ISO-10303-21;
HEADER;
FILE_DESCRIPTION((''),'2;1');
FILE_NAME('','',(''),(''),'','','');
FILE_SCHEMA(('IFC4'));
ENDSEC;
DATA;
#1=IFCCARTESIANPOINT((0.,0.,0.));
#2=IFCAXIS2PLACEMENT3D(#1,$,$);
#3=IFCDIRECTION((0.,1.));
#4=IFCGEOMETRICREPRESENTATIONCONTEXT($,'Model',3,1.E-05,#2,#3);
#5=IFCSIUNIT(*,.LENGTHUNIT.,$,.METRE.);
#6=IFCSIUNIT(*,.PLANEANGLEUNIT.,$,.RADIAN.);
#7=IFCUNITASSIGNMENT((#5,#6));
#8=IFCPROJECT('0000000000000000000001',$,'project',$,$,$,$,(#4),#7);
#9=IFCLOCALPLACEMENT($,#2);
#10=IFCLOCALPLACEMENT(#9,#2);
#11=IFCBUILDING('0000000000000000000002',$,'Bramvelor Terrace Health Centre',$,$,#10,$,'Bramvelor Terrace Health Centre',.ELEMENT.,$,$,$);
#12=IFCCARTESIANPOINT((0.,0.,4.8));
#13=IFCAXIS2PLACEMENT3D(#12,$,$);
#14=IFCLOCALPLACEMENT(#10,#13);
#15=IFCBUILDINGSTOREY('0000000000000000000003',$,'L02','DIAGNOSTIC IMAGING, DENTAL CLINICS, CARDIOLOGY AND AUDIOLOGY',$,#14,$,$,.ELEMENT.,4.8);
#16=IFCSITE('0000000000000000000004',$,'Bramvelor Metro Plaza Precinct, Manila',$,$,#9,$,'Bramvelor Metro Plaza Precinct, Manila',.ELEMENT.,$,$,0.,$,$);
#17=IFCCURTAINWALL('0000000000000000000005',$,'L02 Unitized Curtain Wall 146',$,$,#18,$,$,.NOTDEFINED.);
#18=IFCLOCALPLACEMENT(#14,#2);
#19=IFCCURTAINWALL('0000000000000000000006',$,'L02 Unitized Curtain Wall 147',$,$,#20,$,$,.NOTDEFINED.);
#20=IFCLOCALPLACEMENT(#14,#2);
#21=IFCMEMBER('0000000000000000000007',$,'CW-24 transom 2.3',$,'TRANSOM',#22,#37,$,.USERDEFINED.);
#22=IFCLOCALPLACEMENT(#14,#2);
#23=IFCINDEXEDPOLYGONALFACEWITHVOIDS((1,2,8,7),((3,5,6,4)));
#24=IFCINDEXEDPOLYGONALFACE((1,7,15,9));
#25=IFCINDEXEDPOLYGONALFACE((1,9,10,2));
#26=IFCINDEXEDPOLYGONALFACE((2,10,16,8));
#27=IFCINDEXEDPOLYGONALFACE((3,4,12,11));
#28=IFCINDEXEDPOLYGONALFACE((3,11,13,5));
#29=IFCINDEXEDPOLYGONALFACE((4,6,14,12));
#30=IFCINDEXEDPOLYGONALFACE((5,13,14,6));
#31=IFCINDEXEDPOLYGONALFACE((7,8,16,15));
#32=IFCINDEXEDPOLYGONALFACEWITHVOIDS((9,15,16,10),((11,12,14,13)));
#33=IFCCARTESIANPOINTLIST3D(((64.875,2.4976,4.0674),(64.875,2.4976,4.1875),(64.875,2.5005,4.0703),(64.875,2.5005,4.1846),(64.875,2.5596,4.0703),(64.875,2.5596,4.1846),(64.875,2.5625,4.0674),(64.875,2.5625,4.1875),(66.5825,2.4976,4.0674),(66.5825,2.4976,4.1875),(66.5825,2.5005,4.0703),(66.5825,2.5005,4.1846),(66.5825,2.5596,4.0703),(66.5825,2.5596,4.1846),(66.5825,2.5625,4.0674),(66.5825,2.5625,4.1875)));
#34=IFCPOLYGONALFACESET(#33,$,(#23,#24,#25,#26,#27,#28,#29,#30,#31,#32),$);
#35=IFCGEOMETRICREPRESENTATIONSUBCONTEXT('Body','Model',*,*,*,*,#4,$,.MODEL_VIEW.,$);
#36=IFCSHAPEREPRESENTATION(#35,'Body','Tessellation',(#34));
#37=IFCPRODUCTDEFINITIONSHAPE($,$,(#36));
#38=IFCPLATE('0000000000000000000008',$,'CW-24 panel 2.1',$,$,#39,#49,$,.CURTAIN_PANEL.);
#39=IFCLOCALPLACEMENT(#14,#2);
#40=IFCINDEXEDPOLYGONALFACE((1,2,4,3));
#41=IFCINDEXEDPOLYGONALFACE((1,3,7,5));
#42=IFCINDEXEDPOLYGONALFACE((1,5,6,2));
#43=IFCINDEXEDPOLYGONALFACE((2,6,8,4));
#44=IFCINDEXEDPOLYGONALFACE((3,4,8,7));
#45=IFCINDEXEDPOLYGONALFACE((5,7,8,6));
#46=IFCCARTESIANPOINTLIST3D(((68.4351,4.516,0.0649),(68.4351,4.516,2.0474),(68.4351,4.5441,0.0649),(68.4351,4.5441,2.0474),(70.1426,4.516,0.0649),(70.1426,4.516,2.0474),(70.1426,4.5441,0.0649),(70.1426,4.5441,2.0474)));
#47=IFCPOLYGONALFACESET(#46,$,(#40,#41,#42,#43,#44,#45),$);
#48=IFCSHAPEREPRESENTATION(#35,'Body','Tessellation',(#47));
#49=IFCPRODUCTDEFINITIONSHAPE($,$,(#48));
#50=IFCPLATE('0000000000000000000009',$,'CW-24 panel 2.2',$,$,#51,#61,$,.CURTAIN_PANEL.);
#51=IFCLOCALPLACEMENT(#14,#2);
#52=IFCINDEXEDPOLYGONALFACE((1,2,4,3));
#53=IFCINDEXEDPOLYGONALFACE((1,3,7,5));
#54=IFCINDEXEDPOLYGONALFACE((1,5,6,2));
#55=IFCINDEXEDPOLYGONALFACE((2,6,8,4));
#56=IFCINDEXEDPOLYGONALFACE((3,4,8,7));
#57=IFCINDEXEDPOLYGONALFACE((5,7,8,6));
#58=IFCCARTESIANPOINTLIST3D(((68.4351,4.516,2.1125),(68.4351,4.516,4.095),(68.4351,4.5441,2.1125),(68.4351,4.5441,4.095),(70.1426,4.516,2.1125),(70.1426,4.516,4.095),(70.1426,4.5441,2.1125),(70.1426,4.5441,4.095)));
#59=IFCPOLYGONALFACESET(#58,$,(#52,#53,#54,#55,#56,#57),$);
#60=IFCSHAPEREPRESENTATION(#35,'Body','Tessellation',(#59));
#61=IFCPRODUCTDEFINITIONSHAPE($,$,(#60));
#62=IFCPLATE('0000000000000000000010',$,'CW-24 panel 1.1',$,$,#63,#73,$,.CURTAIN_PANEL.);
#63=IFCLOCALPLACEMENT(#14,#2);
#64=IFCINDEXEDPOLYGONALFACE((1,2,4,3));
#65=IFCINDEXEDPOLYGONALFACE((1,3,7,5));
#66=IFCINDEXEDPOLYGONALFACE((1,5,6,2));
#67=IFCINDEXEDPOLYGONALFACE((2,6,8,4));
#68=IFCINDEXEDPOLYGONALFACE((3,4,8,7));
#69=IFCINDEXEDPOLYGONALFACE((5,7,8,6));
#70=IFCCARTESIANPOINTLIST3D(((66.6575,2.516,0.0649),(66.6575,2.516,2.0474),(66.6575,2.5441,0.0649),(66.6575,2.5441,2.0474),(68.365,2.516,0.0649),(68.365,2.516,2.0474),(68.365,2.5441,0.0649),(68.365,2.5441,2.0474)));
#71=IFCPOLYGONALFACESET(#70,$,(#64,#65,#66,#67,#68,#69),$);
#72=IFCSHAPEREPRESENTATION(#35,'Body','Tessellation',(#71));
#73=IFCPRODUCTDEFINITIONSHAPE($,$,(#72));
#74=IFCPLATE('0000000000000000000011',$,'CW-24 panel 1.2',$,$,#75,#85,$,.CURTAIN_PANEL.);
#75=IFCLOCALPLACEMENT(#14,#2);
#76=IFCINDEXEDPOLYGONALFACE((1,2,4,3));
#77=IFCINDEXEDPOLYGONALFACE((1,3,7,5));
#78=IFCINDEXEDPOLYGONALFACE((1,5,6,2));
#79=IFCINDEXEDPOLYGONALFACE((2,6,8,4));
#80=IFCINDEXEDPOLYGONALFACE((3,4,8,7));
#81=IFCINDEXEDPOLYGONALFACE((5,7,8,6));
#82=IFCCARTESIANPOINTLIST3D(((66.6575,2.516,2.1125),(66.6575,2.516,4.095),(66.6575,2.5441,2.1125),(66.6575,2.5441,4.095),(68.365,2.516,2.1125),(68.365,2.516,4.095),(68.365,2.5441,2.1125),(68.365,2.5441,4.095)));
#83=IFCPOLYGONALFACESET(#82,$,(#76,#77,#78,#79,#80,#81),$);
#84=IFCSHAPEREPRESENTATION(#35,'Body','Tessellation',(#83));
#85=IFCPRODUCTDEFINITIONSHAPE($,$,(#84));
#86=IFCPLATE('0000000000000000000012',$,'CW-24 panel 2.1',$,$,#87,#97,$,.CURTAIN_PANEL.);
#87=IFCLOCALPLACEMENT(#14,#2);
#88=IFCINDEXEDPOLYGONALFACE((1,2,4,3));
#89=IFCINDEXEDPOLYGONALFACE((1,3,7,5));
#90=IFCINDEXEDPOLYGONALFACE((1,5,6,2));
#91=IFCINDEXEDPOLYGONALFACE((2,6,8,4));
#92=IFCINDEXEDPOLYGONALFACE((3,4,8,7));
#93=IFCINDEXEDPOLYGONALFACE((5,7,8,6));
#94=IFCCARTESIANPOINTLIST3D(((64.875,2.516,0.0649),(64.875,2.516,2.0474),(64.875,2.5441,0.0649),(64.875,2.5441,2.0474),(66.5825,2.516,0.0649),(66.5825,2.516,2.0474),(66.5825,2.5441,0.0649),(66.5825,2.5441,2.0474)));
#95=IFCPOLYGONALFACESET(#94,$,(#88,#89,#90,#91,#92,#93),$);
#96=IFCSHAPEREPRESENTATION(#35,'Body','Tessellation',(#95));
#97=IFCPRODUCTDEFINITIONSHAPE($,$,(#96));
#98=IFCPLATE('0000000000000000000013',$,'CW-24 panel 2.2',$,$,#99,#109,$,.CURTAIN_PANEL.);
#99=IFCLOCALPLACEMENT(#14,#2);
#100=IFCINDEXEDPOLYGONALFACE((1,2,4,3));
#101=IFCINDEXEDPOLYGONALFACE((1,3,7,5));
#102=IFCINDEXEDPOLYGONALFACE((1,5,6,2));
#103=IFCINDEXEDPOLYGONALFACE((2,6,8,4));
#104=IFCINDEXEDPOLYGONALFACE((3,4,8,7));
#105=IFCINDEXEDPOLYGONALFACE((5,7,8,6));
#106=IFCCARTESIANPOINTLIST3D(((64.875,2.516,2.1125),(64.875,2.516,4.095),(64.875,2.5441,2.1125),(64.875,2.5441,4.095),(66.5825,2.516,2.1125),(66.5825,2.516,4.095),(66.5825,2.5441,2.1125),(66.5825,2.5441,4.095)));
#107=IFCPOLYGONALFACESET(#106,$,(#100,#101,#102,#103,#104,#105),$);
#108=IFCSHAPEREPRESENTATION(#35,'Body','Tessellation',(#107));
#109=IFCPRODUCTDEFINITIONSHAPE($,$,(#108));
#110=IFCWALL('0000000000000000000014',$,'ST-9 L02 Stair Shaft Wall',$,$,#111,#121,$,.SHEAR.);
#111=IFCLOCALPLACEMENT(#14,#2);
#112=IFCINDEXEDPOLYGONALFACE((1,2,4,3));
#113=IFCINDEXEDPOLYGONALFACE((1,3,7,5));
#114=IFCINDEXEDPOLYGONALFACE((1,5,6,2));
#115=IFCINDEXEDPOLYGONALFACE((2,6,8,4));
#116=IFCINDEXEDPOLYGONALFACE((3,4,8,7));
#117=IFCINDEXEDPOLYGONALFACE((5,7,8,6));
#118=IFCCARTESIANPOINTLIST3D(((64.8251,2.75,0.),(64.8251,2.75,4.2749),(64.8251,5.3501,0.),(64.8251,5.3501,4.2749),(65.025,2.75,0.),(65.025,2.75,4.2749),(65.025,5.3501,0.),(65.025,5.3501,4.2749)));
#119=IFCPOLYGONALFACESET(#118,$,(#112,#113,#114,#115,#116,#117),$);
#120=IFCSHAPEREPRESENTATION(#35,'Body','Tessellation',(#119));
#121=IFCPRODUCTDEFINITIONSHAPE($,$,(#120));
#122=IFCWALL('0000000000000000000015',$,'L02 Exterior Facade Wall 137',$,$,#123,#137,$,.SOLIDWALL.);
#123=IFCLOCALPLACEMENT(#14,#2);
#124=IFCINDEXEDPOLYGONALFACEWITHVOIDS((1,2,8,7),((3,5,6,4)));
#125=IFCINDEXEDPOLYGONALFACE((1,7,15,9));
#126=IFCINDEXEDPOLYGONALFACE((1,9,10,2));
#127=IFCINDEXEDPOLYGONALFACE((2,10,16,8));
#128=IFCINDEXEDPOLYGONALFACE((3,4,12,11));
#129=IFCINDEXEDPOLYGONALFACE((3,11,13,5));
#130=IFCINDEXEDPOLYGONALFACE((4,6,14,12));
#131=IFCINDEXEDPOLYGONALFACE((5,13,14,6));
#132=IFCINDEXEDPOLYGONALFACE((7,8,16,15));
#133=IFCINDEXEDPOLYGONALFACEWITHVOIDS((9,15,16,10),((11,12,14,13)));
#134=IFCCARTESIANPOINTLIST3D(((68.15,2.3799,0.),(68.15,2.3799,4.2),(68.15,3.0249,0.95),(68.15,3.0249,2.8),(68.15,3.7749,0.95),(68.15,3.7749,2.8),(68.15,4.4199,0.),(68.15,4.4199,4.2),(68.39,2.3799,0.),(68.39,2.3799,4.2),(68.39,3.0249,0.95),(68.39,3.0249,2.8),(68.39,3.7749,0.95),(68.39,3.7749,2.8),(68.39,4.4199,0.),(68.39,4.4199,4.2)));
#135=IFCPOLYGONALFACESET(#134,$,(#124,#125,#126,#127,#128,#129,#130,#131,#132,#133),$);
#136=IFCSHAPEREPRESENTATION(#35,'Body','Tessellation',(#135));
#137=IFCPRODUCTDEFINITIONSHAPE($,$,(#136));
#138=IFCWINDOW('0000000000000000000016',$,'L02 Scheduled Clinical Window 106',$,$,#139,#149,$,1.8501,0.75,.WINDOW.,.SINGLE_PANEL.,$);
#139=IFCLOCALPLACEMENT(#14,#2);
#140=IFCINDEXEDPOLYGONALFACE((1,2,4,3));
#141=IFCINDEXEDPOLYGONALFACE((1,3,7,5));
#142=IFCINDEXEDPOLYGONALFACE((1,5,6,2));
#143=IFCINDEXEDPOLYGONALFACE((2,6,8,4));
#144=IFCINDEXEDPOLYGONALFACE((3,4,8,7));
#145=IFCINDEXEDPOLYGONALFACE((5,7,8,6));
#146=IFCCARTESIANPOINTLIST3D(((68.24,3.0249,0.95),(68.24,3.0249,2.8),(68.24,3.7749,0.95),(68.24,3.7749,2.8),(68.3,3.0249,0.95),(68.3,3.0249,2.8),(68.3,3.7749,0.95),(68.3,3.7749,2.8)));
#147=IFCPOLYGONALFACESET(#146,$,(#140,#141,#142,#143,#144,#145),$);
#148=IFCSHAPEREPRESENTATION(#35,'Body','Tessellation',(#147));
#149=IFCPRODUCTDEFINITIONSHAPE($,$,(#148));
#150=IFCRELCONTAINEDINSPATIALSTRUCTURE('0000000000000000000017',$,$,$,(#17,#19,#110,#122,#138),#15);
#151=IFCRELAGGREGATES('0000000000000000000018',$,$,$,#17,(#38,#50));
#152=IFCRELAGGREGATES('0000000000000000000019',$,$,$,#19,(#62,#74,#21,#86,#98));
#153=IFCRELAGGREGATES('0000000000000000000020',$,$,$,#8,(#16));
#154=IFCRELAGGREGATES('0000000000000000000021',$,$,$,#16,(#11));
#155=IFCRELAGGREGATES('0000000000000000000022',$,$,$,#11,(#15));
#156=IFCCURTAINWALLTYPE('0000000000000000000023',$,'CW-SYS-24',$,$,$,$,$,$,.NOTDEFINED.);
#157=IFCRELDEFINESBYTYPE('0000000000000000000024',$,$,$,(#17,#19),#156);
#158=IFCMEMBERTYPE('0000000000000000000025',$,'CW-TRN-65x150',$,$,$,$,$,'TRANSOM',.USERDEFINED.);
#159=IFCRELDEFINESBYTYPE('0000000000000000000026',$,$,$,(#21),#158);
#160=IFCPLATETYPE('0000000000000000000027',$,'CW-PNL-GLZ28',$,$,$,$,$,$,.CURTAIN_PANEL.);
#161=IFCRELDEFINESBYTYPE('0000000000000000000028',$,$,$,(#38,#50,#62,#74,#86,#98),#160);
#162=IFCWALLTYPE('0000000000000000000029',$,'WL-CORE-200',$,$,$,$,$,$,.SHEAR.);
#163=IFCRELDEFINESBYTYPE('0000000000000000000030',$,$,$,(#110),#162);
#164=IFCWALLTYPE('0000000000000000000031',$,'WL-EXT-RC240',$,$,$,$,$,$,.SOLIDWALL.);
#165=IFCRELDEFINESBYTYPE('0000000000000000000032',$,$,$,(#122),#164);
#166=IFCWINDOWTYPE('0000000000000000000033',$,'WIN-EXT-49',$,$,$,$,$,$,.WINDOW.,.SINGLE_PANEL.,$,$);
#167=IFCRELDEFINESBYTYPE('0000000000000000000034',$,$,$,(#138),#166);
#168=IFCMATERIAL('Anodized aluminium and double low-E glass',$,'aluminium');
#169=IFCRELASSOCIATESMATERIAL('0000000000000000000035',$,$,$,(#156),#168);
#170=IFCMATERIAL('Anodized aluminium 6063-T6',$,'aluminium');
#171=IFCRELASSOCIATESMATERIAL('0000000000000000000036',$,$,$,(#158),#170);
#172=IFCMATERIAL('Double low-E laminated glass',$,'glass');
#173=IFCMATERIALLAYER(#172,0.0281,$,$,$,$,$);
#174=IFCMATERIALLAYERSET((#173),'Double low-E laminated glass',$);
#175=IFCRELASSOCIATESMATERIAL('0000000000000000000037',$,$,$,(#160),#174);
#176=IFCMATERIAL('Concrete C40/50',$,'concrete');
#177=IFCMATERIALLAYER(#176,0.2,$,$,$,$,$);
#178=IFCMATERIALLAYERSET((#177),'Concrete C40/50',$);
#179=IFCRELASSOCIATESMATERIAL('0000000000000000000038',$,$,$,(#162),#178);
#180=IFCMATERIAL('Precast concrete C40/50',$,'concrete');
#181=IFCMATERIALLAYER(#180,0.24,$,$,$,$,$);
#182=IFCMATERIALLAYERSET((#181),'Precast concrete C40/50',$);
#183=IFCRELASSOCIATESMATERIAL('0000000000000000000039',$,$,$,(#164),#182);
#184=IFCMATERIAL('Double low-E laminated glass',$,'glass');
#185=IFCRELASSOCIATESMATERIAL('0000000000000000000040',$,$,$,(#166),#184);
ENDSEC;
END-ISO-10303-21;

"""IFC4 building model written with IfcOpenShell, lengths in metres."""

from ifc_helpers import new_model, si_unit, direction, frame, frame_2d, origin, origin_2d, place, context, subcontext, project, spatial, rectangle, hollow_rectangle, extrude, material, layer, layer_set, material_profile, profile_set, type_object, element, fill, aggregate, save


model = new_model("IFC4")

# Units and contexts
model_context = context("Model", 3, precision=1e-05, world=origin(), true_north=direction((0.0, 1.0)))
body_context = subcontext(model_context, "Body", "Model", "MODEL_VIEW")
ifc_project = project(units=[si_unit("LENGTHUNIT", "METRE"), si_unit("PLANEANGLEUNIT", "RADIAN")], contexts=[model_context])

# Site, building, storey
site_placement = place(None, origin())
site = spatial("IfcSite", under=ifc_project, at=site_placement, Name="Bramvelor Metro Plaza Precinct, Manila", LongName="Bramvelor Metro Plaza Precinct, Manila", CompositionType="ELEMENT", RefElevation=0.0)
building_placement = place(site_placement, origin())
building = spatial("IfcBuilding", under=site, at=building_placement, Name="Bramvelor Terrace Health Centre", LongName="Bramvelor Terrace Health Centre", CompositionType="ELEMENT")
storey_placement = place(building_placement, frame((0.0, 0.0, 4.8)))
storey = spatial("IfcBuildingStorey", under=building, at=storey_placement, Name="L02", Description="DIAGNOSTIC IMAGING, DENTAL CLINICS, CARDIOLOGY AND AUDIOLOGY", CompositionType="ELEMENT", Elevation=4.8)

# Curtain wall
ifc_material_1 = material(Name="Anodized aluminium and double low-E glass", Category="aluminium")
curtain_wall_type = type_object("IfcCurtainWallType", Name="CW-SYS-24", PredefinedType="NOTDEFINED", material=ifc_material_1)
curtain_wall_1_placement = place(storey_placement, origin())
curtain_wall_1 = element("IfcCurtainWall", 1, at=curtain_wall_1_placement, inside=storey, type_object=curtain_wall_type, Name="L02 Unitized Curtain Wall 146", PredefinedType="NOTDEFINED")

# Curtain wall
curtain_wall_2_placement = place(storey_placement, origin())
curtain_wall_2 = element("IfcCurtainWall", 2, at=curtain_wall_2_placement, inside=storey, type_object=curtain_wall_type, Name="L02 Unitized Curtain Wall 147", PredefinedType="NOTDEFINED")

# Member
ifc_material_2 = material(Name="Anodized aluminium 6063-T6", Category="aluminium")
ifc_material_profile_1 = material_profile(ifc_material_2, hollow_rectangle(XDim=0.0649, YDim=0.1201, WallThickness=0.0029, at=origin_2d()), Name="ALU-TRN 65x120x3.0")
ifc_profile_set_1 = profile_set([ifc_material_profile_1], Name="Anodized aluminium 6063-T6")
member_type_1 = type_object("IfcMemberType", Name="CW-TRN-65x150", ElementType="TRANSOM", PredefinedType="USERDEFINED", material=ifc_profile_set_1)
member_1_placement = place(storey_placement, frame((66.5825, 2.53, 4.1274), z_axis=(-1.0, 0.0, 0.0), x_axis=(0.0, -1.0, 0.0)))
member_1 = element("IfcMember", 3, at=member_1_placement, type_object=member_type_1, Name="CW-24 transom 2.3", ObjectType="TRANSOM", PredefinedType="USERDEFINED", context=body_context, shape_type="SweptSolid", body=[
    extrude(hollow_rectangle(XDim=0.0649, YDim=0.1201, WallThickness=0.0029, at=origin_2d()), origin(), (0.0, 0.0, 1.0), 1.7075),
])

# Plates
ifc_material_3 = material(Name="Double low-E laminated glass", Category="glass")
ifc_layer_1 = layer(ifc_material_3, 0.0281)
ifc_layer_set_1 = layer_set([ifc_layer_1], Name="Double low-E laminated glass")
plate_type = type_object("IfcPlateType", Name="CW-PNL-GLZ28", PredefinedType="CURTAIN_PANEL", material=ifc_layer_set_1)
plate_1_placement = place(storey_placement, frame((69.2888, 4.53, 0.0649), z_axis=(0.0, 0.0, 1.0), x_axis=(-1.0, 0.0, 0.0)))
plate_1 = element("IfcPlate", 4, at=plate_1_placement, type_object=plate_type, Name="CW-24 panel 2.1", PredefinedType="CURTAIN_PANEL", context=body_context, shape_type="SweptSolid", body=[
    extrude(rectangle(XDim=1.7075, YDim=0.0281, at=origin_2d()), origin(), (0.0, 0.0, 1.0), 1.9824),
])
plate_2_placement = place(storey_placement, frame((69.2888, 4.53, 2.1125), z_axis=(0.0, 0.0, 1.0), x_axis=(-1.0, 0.0, 0.0)))
plate_2 = element("IfcPlate", 5, at=plate_2_placement, type_object=plate_type, Name="CW-24 panel 2.2", PredefinedType="CURTAIN_PANEL", context=body_context, shape_type="SweptSolid", body=[
    extrude(rectangle(XDim=1.7075, YDim=0.0281, at=origin_2d()), origin(), (0.0, 0.0, 1.0), 1.9824),
])
aggregate(curtain_wall_1, [plate_1, plate_2])
plate_3_placement = place(storey_placement, frame((67.5112, 2.53, 0.0649), z_axis=(0.0, 0.0, 1.0), x_axis=(-1.0, 0.0, 0.0)))
plate_3 = element("IfcPlate", 6, at=plate_3_placement, type_object=plate_type, Name="CW-24 panel 1.1", PredefinedType="CURTAIN_PANEL", context=body_context, shape_type="SweptSolid", body=[
    extrude(rectangle(XDim=1.7075, YDim=0.0281, at=origin_2d()), origin(), (0.0, 0.0, 1.0), 1.9824),
])
plate_4_placement = place(storey_placement, frame((67.5112, 2.53, 2.1125), z_axis=(0.0, 0.0, 1.0), x_axis=(-1.0, 0.0, 0.0)))
plate_4 = element("IfcPlate", 7, at=plate_4_placement, type_object=plate_type, Name="CW-24 panel 1.2", PredefinedType="CURTAIN_PANEL", context=body_context, shape_type="SweptSolid", body=[
    extrude(rectangle(XDim=1.7075, YDim=0.0281, at=origin_2d()), origin(), (0.0, 0.0, 1.0), 1.9824),
])
plate_5_placement = place(storey_placement, frame((65.7288, 2.53, 0.0649), z_axis=(0.0, 0.0, 1.0), x_axis=(-1.0, 0.0, 0.0)))
plate_5 = element("IfcPlate", 8, at=plate_5_placement, type_object=plate_type, Name="CW-24 panel 2.1", PredefinedType="CURTAIN_PANEL", context=body_context, shape_type="SweptSolid", body=[
    extrude(rectangle(XDim=1.7075, YDim=0.0281, at=origin_2d()), origin(), (0.0, 0.0, 1.0), 1.9824),
])
plate_6_placement = place(storey_placement, frame((65.7288, 2.53, 2.1125), z_axis=(0.0, 0.0, 1.0), x_axis=(-1.0, 0.0, 0.0)))
plate_6 = element("IfcPlate", 9, at=plate_6_placement, type_object=plate_type, Name="CW-24 panel 2.2", PredefinedType="CURTAIN_PANEL", context=body_context, shape_type="SweptSolid", body=[
    extrude(rectangle(XDim=1.7075, YDim=0.0281, at=origin_2d()), origin(), (0.0, 0.0, 1.0), 1.9824),
])
aggregate(curtain_wall_2, [plate_3, plate_4, member_1, plate_5, plate_6])

# Wall
ifc_material_4 = material(Name="Concrete C40/50", Category="concrete")
ifc_layer_2 = layer(ifc_material_4, 0.2)
ifc_layer_set_2 = layer_set([ifc_layer_2], Name="Concrete C40/50")
wall_type_1 = type_object("IfcWallType", Name="WL-CORE-200", PredefinedType="SHEAR", material=ifc_layer_set_2)
wall_1_placement = place(storey_placement, frame((64.925, 2.75, 0.0), z_axis=(0.0, 0.0, 1.0), x_axis=(0.0, 1.0, 0.0)))
element("IfcWall", 10, at=wall_1_placement, inside=storey, type_object=wall_type_1, Name="ST-9 L02 Stair Shaft Wall", PredefinedType="SHEAR", context=body_context, shape_type="SweptSolid", body=[
    extrude(rectangle(XDim=2.6001, YDim=0.2, at=frame_2d((1.3, 0.0))), origin(), (0.0, 0.0, 1.0), 4.2749),
])

# Wall, opening, window
ifc_material_5 = material(Name="Precast concrete C40/50", Category="concrete")
ifc_layer_3 = layer(ifc_material_5, 0.24)
ifc_layer_set_3 = layer_set([ifc_layer_3], Name="Precast concrete C40/50")
wall_type_2 = type_object("IfcWallType", Name="WL-EXT-RC240", PredefinedType="SOLIDWALL", material=ifc_layer_set_3)
wall_2_placement = place(storey_placement, frame((68.27, 4.4199, 0.0), z_axis=(0.0, 0.0, 1.0), x_axis=(0.0, -1.0, 0.0)))
wall_2 = element("IfcWall", 11, at=wall_2_placement, inside=storey, type_object=wall_type_2, Name="L02 Exterior Facade Wall 137", PredefinedType="SOLIDWALL", context=body_context, shape_type="SweptSolid", body=[
    extrude(rectangle(XDim=2.04, YDim=0.24, at=frame_2d((1.02, 0.0))), origin(), (0.0, 0.0, 1.0), 4.2),
])
opening_placement = place(wall_2_placement, frame((0.645, 0.0, 0.95)))
opening = element("IfcOpeningElement", 12, at=opening_placement, cuts=wall_2, PredefinedType="OPENING", context=body_context, shape_type="SweptSolid", body=[
    extrude(rectangle(XDim=0.75, YDim=1.8501, at=frame_2d((0.375, 0.925))), frame((0.0, 0.1299, 0.0), z_axis=(0.0, -1.0, 0.0), x_axis=(1.0, 0.0, 0.0)), (0.0, 0.0, 1.0), 0.26),
])
ifc_material_6 = material(Name="Double low-E laminated glass", Category="glass")
window_type = type_object("IfcWindowType", Name="WIN-EXT-49", PartitioningType="SINGLE_PANEL", PredefinedType="WINDOW", material=ifc_material_6)
window_placement = place(opening_placement, origin())
window = element("IfcWindow", 13, at=window_placement, inside=storey, type_object=window_type, Name="L02 Scheduled Clinical Window 106", OverallHeight=1.8501, OverallWidth=0.75, PartitioningType="SINGLE_PANEL", PredefinedType="WINDOW", context=body_context, shape_type="SweptSolid", body=[
    extrude(rectangle(XDim=0.75, YDim=1.8501, at=frame_2d((0.375, 0.925))), frame((0.0, 0.03, 0.0), z_axis=(0.0, -1.0, 0.0), x_axis=(1.0, 0.0, 0.0)), (0.0, 0.0, 1.0), 0.0601),
])
fill(opening, window)

save(model, "model.ifc")
